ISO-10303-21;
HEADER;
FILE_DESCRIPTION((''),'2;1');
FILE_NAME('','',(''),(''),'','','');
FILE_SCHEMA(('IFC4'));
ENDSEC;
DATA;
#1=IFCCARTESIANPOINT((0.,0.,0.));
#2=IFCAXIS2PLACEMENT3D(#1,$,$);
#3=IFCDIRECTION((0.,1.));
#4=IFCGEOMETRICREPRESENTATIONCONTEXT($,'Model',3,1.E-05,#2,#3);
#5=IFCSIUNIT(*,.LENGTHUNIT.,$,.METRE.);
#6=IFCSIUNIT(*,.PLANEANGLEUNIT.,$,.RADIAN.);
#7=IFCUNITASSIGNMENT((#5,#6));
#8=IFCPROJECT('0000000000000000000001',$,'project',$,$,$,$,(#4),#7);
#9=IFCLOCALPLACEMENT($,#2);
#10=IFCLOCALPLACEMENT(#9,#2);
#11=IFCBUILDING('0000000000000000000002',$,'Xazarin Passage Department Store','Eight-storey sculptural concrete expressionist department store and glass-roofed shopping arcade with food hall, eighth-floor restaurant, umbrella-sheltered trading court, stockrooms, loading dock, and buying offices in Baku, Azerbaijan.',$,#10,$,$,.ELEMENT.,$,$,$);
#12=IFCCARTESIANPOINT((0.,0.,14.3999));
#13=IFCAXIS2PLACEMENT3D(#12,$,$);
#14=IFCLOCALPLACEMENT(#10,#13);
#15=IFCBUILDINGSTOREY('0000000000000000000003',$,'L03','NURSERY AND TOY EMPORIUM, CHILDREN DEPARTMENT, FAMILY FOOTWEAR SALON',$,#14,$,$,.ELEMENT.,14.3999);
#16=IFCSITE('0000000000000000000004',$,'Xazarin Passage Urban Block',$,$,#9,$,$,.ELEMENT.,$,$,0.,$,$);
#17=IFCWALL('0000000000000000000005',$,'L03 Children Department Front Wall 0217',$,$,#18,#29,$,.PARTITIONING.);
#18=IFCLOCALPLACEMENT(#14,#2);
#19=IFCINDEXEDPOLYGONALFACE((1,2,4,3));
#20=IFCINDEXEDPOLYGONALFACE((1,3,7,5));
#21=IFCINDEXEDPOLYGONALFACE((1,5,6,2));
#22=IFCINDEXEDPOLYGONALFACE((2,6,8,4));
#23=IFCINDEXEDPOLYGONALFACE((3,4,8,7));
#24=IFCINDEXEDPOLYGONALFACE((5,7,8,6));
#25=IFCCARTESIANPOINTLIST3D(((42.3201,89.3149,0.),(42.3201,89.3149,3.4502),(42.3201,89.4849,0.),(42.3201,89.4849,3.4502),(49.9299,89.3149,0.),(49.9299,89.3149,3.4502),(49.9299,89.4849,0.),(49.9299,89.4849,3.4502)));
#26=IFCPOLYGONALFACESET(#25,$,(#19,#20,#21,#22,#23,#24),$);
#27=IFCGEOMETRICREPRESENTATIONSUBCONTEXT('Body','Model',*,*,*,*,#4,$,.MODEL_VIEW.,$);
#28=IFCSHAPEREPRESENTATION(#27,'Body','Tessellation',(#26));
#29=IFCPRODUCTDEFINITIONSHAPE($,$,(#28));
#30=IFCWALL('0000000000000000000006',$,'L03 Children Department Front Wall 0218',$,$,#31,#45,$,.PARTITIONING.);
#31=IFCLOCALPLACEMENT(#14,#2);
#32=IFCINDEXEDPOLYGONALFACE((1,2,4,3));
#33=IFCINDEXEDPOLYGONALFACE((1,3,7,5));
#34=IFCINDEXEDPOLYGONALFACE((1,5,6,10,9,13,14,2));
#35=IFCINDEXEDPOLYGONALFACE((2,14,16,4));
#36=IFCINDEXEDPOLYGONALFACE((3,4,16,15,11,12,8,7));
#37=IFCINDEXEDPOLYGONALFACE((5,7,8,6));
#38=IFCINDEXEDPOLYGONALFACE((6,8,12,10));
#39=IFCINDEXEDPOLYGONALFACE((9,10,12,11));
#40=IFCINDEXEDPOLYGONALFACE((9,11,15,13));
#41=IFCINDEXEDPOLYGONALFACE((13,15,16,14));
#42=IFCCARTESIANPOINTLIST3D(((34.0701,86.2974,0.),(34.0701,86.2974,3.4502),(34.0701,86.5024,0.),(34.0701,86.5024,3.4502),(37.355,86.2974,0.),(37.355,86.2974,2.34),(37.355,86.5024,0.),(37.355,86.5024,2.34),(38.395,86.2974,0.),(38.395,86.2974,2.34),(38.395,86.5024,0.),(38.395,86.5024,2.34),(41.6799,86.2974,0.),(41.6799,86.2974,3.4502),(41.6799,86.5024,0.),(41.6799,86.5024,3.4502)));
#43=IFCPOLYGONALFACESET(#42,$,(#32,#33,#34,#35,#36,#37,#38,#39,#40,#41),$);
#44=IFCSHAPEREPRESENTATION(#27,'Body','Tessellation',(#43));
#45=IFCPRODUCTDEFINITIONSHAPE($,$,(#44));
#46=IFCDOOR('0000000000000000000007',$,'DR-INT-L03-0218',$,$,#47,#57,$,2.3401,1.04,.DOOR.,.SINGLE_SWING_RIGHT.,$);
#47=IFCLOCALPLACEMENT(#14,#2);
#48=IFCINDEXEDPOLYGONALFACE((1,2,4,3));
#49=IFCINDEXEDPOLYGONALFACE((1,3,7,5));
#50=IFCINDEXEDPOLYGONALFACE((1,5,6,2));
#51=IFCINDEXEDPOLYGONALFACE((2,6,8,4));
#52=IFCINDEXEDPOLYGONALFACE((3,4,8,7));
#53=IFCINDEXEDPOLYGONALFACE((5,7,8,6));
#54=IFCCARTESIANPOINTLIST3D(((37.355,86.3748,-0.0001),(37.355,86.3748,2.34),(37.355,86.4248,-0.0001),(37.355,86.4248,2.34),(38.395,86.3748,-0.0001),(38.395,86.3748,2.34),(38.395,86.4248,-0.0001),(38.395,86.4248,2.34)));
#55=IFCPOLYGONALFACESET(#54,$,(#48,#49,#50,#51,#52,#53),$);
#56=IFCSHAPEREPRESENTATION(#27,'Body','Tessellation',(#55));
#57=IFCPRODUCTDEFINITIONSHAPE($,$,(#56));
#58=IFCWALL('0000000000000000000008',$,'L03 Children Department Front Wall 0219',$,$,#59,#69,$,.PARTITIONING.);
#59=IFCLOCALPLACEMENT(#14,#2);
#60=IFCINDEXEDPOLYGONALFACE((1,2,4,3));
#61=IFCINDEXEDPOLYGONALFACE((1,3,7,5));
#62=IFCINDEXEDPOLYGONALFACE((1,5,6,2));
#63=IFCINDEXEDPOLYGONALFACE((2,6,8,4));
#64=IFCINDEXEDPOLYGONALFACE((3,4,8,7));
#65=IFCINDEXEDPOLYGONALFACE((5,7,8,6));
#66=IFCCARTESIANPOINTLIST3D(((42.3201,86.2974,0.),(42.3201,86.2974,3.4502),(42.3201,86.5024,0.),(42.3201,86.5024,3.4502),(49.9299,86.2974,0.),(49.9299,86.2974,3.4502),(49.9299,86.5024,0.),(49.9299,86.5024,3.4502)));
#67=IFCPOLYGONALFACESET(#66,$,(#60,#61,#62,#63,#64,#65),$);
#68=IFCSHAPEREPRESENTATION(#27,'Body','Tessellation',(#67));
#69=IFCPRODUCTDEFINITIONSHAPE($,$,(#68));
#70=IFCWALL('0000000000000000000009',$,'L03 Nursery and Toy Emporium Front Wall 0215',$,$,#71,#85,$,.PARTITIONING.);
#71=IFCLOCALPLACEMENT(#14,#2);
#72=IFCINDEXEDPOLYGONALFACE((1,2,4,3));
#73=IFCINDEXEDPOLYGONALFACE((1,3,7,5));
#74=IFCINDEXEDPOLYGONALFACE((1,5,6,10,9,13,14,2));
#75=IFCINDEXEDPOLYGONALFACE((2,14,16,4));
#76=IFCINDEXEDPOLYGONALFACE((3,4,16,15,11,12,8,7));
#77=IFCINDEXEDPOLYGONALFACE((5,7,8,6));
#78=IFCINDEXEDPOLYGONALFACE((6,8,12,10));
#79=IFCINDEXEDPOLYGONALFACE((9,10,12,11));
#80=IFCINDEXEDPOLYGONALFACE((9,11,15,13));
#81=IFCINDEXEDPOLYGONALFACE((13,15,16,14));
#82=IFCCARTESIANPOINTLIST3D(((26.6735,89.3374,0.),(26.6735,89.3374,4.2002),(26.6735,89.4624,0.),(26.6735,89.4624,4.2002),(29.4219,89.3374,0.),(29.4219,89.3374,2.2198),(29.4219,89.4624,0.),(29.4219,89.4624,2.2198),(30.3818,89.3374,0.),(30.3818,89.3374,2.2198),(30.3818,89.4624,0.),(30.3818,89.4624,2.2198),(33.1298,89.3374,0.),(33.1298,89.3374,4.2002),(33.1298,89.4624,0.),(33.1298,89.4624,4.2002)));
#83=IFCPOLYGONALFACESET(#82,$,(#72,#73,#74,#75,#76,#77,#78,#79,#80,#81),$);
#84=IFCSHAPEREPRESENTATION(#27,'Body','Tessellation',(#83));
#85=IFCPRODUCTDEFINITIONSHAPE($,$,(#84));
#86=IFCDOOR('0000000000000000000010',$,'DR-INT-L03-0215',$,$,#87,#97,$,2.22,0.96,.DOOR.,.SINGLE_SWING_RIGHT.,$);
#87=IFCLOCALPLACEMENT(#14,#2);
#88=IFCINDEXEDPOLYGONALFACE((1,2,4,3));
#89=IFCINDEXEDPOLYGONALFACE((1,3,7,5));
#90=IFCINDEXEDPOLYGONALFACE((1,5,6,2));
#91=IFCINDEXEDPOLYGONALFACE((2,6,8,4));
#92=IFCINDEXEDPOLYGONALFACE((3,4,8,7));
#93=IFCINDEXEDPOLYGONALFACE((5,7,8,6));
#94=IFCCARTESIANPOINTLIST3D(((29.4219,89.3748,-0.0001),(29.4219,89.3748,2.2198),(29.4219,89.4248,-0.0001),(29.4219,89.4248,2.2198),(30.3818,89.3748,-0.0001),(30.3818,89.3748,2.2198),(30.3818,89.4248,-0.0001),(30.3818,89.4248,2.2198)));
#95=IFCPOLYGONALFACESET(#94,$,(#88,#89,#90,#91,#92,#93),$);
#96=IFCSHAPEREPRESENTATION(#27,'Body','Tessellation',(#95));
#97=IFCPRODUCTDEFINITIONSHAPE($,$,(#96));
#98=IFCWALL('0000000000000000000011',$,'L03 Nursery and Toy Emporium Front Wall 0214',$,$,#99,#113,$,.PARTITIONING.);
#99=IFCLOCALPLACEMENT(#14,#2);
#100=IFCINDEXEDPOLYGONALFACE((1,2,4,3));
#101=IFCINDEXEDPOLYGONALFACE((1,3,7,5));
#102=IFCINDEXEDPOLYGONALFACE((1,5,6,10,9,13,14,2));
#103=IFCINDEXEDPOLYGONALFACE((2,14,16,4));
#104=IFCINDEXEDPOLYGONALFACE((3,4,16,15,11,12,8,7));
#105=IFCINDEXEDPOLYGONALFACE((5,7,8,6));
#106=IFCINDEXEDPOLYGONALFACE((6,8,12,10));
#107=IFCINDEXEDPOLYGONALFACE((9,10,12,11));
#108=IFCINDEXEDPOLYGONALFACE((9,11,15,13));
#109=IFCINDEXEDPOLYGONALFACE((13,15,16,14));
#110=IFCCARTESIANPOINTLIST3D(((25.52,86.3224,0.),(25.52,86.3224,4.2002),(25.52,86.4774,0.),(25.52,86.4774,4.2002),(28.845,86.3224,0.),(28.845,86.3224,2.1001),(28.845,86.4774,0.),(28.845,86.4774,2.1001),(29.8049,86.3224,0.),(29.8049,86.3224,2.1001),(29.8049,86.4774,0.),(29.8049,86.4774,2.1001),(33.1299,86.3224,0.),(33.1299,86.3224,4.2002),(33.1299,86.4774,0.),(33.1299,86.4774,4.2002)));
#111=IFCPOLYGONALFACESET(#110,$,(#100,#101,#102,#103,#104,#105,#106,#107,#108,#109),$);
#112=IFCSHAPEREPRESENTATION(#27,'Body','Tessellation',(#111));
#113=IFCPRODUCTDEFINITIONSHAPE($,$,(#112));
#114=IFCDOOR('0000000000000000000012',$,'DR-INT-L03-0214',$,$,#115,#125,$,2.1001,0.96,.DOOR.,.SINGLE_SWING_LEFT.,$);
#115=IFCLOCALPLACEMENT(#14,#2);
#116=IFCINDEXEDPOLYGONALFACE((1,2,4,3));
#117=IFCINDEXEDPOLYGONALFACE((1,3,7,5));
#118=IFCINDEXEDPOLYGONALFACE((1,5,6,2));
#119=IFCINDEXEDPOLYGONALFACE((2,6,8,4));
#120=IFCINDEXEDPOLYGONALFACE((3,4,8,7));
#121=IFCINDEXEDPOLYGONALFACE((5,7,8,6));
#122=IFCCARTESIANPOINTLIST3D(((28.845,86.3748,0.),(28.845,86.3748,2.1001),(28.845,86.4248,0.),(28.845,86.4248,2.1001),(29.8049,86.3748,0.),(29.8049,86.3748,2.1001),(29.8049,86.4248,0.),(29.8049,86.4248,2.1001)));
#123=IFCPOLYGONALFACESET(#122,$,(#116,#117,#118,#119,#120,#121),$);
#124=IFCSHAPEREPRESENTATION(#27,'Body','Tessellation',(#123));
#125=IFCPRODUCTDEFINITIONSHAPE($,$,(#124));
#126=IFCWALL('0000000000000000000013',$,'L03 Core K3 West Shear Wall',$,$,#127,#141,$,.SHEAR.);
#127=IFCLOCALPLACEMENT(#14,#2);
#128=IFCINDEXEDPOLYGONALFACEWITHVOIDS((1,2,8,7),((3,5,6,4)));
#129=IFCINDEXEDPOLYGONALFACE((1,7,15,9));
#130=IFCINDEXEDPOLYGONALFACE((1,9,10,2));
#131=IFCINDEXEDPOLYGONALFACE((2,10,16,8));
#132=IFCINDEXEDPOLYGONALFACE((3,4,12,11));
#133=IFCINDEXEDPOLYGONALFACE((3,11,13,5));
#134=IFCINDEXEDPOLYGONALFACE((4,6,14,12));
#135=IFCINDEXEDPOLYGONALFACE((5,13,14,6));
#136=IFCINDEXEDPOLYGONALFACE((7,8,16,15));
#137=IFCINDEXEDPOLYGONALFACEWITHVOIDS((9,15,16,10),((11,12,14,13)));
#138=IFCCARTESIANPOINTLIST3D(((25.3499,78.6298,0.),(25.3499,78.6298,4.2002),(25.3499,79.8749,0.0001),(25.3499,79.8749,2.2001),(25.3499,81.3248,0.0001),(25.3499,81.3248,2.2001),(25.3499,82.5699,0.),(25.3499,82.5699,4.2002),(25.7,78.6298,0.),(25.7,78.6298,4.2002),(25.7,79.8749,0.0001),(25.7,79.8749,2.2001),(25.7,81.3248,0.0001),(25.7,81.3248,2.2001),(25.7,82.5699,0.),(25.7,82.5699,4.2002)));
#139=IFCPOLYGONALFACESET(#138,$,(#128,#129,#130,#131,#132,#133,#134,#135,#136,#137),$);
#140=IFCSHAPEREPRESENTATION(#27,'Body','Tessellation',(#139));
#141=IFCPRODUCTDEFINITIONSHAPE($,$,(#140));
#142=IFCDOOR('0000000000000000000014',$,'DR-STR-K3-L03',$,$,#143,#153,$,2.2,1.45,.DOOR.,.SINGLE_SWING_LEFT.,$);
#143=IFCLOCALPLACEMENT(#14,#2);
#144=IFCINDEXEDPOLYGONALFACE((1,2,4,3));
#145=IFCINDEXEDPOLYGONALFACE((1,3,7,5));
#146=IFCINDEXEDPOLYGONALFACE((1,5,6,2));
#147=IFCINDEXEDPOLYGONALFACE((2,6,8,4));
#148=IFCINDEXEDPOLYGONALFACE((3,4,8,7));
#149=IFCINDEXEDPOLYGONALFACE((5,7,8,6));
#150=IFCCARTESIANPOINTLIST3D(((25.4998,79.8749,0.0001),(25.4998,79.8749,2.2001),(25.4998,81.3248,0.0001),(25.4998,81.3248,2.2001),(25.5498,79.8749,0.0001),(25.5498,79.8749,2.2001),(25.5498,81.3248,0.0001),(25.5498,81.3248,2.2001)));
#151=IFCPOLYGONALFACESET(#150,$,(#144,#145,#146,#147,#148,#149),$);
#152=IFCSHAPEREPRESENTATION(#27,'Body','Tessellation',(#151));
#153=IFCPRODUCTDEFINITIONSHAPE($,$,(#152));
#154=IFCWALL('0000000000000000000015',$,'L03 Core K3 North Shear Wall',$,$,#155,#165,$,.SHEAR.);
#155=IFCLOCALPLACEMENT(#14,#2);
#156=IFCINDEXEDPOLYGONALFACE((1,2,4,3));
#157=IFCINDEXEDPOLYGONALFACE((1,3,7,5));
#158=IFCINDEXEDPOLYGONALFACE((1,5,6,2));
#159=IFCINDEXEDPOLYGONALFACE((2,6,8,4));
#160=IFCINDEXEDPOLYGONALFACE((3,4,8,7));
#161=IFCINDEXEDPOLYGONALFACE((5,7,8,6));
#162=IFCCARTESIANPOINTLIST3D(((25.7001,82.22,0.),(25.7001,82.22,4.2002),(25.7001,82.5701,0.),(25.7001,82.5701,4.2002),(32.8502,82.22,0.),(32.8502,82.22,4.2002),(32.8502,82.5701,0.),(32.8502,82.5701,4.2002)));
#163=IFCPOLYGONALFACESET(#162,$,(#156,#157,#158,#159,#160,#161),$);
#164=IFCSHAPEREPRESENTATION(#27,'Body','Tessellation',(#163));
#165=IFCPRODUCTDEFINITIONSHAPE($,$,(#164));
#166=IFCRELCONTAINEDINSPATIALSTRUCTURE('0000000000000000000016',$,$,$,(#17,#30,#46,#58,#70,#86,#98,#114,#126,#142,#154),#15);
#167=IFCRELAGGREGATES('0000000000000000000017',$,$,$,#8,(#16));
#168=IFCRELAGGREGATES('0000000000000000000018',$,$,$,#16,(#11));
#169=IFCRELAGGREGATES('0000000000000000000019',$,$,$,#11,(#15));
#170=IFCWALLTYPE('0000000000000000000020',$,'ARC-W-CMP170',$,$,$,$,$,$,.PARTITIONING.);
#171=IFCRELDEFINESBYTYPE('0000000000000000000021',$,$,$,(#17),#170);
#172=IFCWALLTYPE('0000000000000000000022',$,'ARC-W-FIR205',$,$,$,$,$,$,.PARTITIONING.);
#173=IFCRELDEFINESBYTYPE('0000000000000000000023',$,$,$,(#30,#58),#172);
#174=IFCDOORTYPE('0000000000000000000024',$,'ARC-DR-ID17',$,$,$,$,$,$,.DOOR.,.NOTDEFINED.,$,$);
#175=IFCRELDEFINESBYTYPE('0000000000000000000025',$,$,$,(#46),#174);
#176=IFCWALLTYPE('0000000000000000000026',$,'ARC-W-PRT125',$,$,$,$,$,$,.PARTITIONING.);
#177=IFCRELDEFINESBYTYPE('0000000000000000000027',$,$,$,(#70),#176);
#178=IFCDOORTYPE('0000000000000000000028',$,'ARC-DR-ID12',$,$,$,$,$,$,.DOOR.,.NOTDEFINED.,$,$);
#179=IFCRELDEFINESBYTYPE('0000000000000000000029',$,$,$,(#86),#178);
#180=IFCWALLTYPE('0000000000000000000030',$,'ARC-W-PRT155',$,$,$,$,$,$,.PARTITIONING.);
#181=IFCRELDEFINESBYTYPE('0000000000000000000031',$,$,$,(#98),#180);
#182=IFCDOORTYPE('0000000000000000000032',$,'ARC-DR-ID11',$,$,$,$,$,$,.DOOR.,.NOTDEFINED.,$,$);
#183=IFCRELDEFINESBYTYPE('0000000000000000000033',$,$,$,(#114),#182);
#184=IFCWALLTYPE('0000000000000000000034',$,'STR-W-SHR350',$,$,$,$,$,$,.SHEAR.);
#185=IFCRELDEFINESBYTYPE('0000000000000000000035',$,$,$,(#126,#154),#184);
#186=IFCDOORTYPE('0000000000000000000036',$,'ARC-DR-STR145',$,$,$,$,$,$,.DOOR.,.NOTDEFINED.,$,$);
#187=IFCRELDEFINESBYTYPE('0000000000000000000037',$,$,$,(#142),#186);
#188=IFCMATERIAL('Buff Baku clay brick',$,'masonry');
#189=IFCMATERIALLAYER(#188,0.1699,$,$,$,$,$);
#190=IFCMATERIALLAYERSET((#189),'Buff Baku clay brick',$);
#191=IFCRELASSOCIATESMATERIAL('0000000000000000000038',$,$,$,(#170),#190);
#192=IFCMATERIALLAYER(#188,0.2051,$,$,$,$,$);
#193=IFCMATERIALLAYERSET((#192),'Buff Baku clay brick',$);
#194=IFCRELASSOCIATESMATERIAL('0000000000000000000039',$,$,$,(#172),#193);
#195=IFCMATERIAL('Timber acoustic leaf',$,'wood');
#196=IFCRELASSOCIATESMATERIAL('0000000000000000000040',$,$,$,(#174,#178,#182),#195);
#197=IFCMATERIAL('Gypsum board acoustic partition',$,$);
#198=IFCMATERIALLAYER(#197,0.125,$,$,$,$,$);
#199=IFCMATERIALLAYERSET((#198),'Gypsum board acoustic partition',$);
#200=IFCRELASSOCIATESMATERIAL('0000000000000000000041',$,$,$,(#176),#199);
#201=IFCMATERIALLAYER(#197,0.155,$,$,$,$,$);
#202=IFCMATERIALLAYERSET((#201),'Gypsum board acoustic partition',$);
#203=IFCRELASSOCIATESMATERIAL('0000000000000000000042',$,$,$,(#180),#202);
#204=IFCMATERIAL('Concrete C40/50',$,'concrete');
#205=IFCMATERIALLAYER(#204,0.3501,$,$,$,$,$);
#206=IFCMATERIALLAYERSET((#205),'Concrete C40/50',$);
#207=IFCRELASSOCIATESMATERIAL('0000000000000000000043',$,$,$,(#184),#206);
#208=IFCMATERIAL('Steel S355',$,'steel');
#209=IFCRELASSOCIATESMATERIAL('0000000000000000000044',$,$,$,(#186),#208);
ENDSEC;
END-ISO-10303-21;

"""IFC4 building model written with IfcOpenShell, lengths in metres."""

from ifc_helpers import new_model, si_unit, direction, frame, frame_2d, origin, place, context, subcontext, project, spatial, rectangle, extrude, material, layer, layer_set, type_object, element, fill, save


model = new_model("IFC4")

# Units and contexts
model_context = context("Model", 3, precision=1e-05, world=origin(), true_north=direction((0.0, 1.0)))
body_context = subcontext(model_context, "Body", "Model", "MODEL_VIEW")
ifc_project = project(units=[si_unit("LENGTHUNIT", "METRE"), si_unit("PLANEANGLEUNIT", "RADIAN")], contexts=[model_context])

# Site, building, storey
site_placement = place(None, origin())
site = spatial("IfcSite", under=ifc_project, at=site_placement, Name="Xazarin Passage Urban Block", CompositionType="ELEMENT", RefElevation=0.0)
building_placement = place(site_placement, origin())
building = spatial("IfcBuilding", under=site, at=building_placement, Name="Xazarin Passage Department Store", Description="Eight-storey sculptural concrete expressionist department store and glass-roofed shopping arcade with food hall, eighth-floor restaurant, umbrella-sheltered trading court, stockrooms, loading dock, and buying offices in Baku, Azerbaijan.", CompositionType="ELEMENT")
storey_placement = place(building_placement, frame((0.0, 0.0, 14.3999)))
storey = spatial("IfcBuildingStorey", under=building, at=storey_placement, Name="L03", Description="NURSERY AND TOY EMPORIUM, CHILDREN DEPARTMENT, FAMILY FOOTWEAR SALON", CompositionType="ELEMENT", Elevation=14.3999)

# Shared definitions
ifc_material_1 = material(Name="Concrete C40/50", Category="concrete")

# Shared definitions
ifc_material_2 = material(Name="Buff Baku clay brick", Category="masonry")
ifc_layer_1 = layer(ifc_material_2, 0.1699)
ifc_layer_set_1 = layer_set([ifc_layer_1], Name="Buff Baku clay brick")
wall_type_1 = type_object("IfcWallType", Name="ARC-W-CMP170", PredefinedType="PARTITIONING", material=ifc_layer_set_1)
ifc_material_3 = material(Name="Timber acoustic leaf", Category="wood")

# Wall
wall_1_placement = place(storey_placement, frame((42.3201, 89.3999, 0.0), z_axis=(0.0, 0.0, 1.0), x_axis=(1.0, 0.0, 0.0)))
element("IfcWall", 1, at=wall_1_placement, inside=storey, type_object=wall_type_1, Name="L03 Children Department Front Wall 0217", PredefinedType="PARTITIONING", context=body_context, shape_type="SweptSolid", body=[
    extrude(rectangle(XDim=7.6099, YDim=0.1699, at=frame_2d((3.8049, 0.0))), origin(), (0.0, 0.0, 1.0), 3.4502),
])

# Wall, opening, door
ifc_layer_2 = layer(ifc_material_2, 0.2051)
ifc_layer_set_2 = layer_set([ifc_layer_2], Name="Buff Baku clay brick")
wall_type_2 = type_object("IfcWallType", Name="ARC-W-FIR205", PredefinedType="PARTITIONING", material=ifc_layer_set_2)
wall_2_placement = place(storey_placement, frame((34.0701, 86.3999, 0.0), z_axis=(0.0, 0.0, 1.0), x_axis=(1.0, 0.0, 0.0)))
wall_2 = element("IfcWall", 2, at=wall_2_placement, inside=storey, type_object=wall_type_2, Name="L03 Children Department Front Wall 0218", PredefinedType="PARTITIONING", context=body_context, shape_type="SweptSolid", body=[
    extrude(rectangle(XDim=7.6099, YDim=0.2051, at=frame_2d((3.8049, 0.0))), origin(), (0.0, 0.0, 1.0), 3.4502),
])
opening_1_placement = place(wall_2_placement, frame((3.2849, 0.0, 0.0)))
opening_1 = element("IfcOpeningElement", 3, at=opening_1_placement, cuts=wall_2, PredefinedType="OPENING", context=body_context, shape_type="SweptSolid", body=[
    extrude(rectangle(XDim=1.04, YDim=2.3401, at=frame_2d((0.52, 1.1699))), frame((0.0, 0.1125, 0.0), z_axis=(0.0, -1.0, 0.0), x_axis=(1.0, 0.0, 0.0)), (0.0, 0.0, 1.0), 0.2251),
])
door_type_1 = type_object("IfcDoorType", Name="ARC-DR-ID17", OperationType="NOTDEFINED", PredefinedType="DOOR", material=ifc_material_3)
door_1_placement = place(opening_1_placement, origin())
door_1 = element("IfcDoor", 4, at=door_1_placement, inside=storey, type_object=door_type_1, Name="DR-INT-L03-0218", OperationType="SINGLE_SWING_RIGHT", OverallHeight=2.3401, OverallWidth=1.04, PredefinedType="DOOR", context=body_context, shape_type="SweptSolid", body=[
    extrude(rectangle(XDim=1.04, YDim=2.3401, at=frame_2d((0.52, 1.1699))), frame((0.0, 0.0249, 0.0), z_axis=(0.0, -1.0, 0.0), x_axis=(1.0, 0.0, 0.0)), (0.0, 0.0, 1.0), 0.05),
])
fill(opening_1, door_1)

# Wall
wall_3_placement = place(storey_placement, frame((42.3201, 86.3999, 0.0), z_axis=(0.0, 0.0, 1.0), x_axis=(1.0, 0.0, 0.0)))
element("IfcWall", 5, at=wall_3_placement, inside=storey, type_object=wall_type_2, Name="L03 Children Department Front Wall 0219", PredefinedType="PARTITIONING", context=body_context, shape_type="SweptSolid", body=[
    extrude(rectangle(XDim=7.6099, YDim=0.2051, at=frame_2d((3.8049, 0.0))), origin(), (0.0, 0.0, 1.0), 3.4502),
])

# Walls, openings, doors
ifc_material_4 = material(Name="Gypsum board acoustic partition")
ifc_layer_3 = layer(ifc_material_4, 0.125)
ifc_layer_set_3 = layer_set([ifc_layer_3], Name="Gypsum board acoustic partition")
wall_type_3 = type_object("IfcWallType", Name="ARC-W-PRT125", PredefinedType="PARTITIONING", material=ifc_layer_set_3)
wall_4_placement = place(storey_placement, frame((26.6736, 89.3999, 0.0), z_axis=(0.0, 0.0, 1.0), x_axis=(1.0, 0.0, 0.0)))
wall_4 = element("IfcWall", 6, at=wall_4_placement, inside=storey, type_object=wall_type_3, Name="L03 Nursery and Toy Emporium Front Wall 0215", PredefinedType="PARTITIONING", context=body_context, shape_type="SweptSolid", body=[
    extrude(rectangle(XDim=6.4563, YDim=0.125, at=frame_2d((3.228, 0.0))), origin(), (0.0, 0.0, 1.0), 4.2002),
])
opening_2_placement = place(wall_4_placement, frame((2.7483, 0.0, 0.0)))
opening_2 = element("IfcOpeningElement", 7, at=opening_2_placement, cuts=wall_4, PredefinedType="OPENING", context=body_context, shape_type="SweptSolid", body=[
    extrude(rectangle(XDim=0.96, YDim=2.22, at=frame_2d((0.48, 1.1099))), frame((0.0, 0.0725, 0.0), z_axis=(0.0, -1.0, 0.0), x_axis=(1.0, 0.0, 0.0)), (0.0, 0.0, 1.0), 0.145),
])
door_type_2 = type_object("IfcDoorType", Name="ARC-DR-ID12", OperationType="NOTDEFINED", PredefinedType="DOOR", material=ifc_material_3)
door_2_placement = place(opening_2_placement, origin())
door_2 = element("IfcDoor", 8, at=door_2_placement, inside=storey, type_object=door_type_2, Name="DR-INT-L03-0215", OperationType="SINGLE_SWING_RIGHT", OverallHeight=2.22, OverallWidth=0.96, PredefinedType="DOOR", context=body_context, shape_type="SweptSolid", body=[
    extrude(rectangle(XDim=0.96, YDim=2.22, at=frame_2d((0.48, 1.1099))), frame((0.0, 0.0249, 0.0), z_axis=(0.0, -1.0, 0.0), x_axis=(1.0, 0.0, 0.0)), (0.0, 0.0, 1.0), 0.05),
])
fill(opening_2, door_2)
ifc_layer_4 = layer(ifc_material_4, 0.155)
ifc_layer_set_4 = layer_set([ifc_layer_4], Name="Gypsum board acoustic partition")
wall_type_4 = type_object("IfcWallType", Name="ARC-W-PRT155", PredefinedType="PARTITIONING", material=ifc_layer_set_4)
wall_5_placement = place(storey_placement, frame((25.52, 86.3999, 0.0), z_axis=(0.0, 0.0, 1.0), x_axis=(1.0, 0.0, 0.0)))
wall_5 = element("IfcWall", 9, at=wall_5_placement, inside=storey, type_object=wall_type_4, Name="L03 Nursery and Toy Emporium Front Wall 0214", PredefinedType="PARTITIONING", context=body_context, shape_type="SweptSolid", body=[
    extrude(rectangle(XDim=7.6099, YDim=0.155, at=frame_2d((3.8049, 0.0))), origin(), (0.0, 0.0, 1.0), 4.2002),
])
opening_3_placement = place(wall_5_placement, frame((3.325, 0.0, 0.0)))
opening_3 = element("IfcOpeningElement", 10, at=opening_3_placement, cuts=wall_5, PredefinedType="OPENING", context=body_context, shape_type="SweptSolid", body=[
    extrude(rectangle(XDim=0.96, YDim=2.1001, at=frame_2d((0.48, 1.05))), frame((0.0, 0.0874, 0.0), z_axis=(0.0, -1.0, 0.0), x_axis=(1.0, 0.0, 0.0)), (0.0, 0.0, 1.0), 0.175),
])
door_type_3 = type_object("IfcDoorType", Name="ARC-DR-ID11", OperationType="NOTDEFINED", PredefinedType="DOOR", material=ifc_material_3)
door_3_placement = place(opening_3_placement, origin())
door_3 = element("IfcDoor", 11, at=door_3_placement, inside=storey, type_object=door_type_3, Name="DR-INT-L03-0214", OperationType="SINGLE_SWING_LEFT", OverallHeight=2.1001, OverallWidth=0.96, PredefinedType="DOOR", context=body_context, shape_type="SweptSolid", body=[
    extrude(rectangle(XDim=0.96, YDim=2.1001, at=frame_2d((0.48, 1.05))), frame((0.0, 0.0249, 0.0), z_axis=(0.0, -1.0, 0.0), x_axis=(1.0, 0.0, 0.0)), (0.0, 0.0, 1.0), 0.05),
])
fill(opening_3, door_3)
ifc_layer_5 = layer(ifc_material_1, 0.3501)
ifc_layer_set_5 = layer_set([ifc_layer_5], Name="Concrete C40/50")
wall_type_5 = type_object("IfcWallType", Name="STR-W-SHR350", PredefinedType="SHEAR", material=ifc_layer_set_5)
wall_6_placement = place(storey_placement, frame((25.5249, 82.5701, 0.0), z_axis=(0.0, 0.0, 1.0), x_axis=(0.0, -1.0, 0.0)))
wall_6 = element("IfcWall", 12, at=wall_6_placement, inside=storey, type_object=wall_type_5, Name="L03 Core K3 West Shear Wall", PredefinedType="SHEAR", context=body_context, shape_type="SweptSolid", body=[
    extrude(rectangle(XDim=3.9402, YDim=0.3501, at=frame_2d((1.9702, 0.0))), origin(), (0.0, 0.0, 1.0), 4.2002),
])
opening_4_placement = place(wall_6_placement, frame((1.2451, 0.0, 0.0)))
opening_4 = element("IfcOpeningElement", 13, at=opening_4_placement, cuts=wall_6, PredefinedType="OPENING", context=body_context, shape_type="SweptSolid", body=[
    extrude(rectangle(XDim=1.45, YDim=2.2, at=frame_2d((0.7251, 1.1001))), frame((0.0, 0.1851, 0.0), z_axis=(0.0, -1.0, 0.0), x_axis=(1.0, 0.0, 0.0)), (0.0, 0.0, 1.0), 0.3701),
])
ifc_material_5 = material(Name="Steel S355", Category="steel")
door_type_4 = type_object("IfcDoorType", Name="ARC-DR-STR145", OperationType="NOTDEFINED", PredefinedType="DOOR", material=ifc_material_5)
door_4_placement = place(opening_4_placement, origin())
door_4 = element("IfcDoor", 14, at=door_4_placement, inside=storey, type_object=door_type_4, Name="DR-STR-K3-L03", OperationType="SINGLE_SWING_LEFT", OverallHeight=2.2, OverallWidth=1.45, PredefinedType="DOOR", context=body_context, shape_type="SweptSolid", body=[
    extrude(rectangle(XDim=1.45, YDim=2.2, at=frame_2d((0.7251, 1.1001))), frame((0.0, 0.0249, 0.0), z_axis=(0.0, -1.0, 0.0), x_axis=(1.0, 0.0, 0.0)), (0.0, 0.0, 1.0), 0.05),
])
fill(opening_4, door_4)

# Wall
wall_7_placement = place(storey_placement, frame((25.7, 82.395, 0.0), z_axis=(0.0, 0.0, 1.0), x_axis=(1.0, 0.0, 0.0)))
element("IfcWall", 15, at=wall_7_placement, inside=storey, type_object=wall_type_5, Name="L03 Core K3 North Shear Wall", PredefinedType="SHEAR", context=body_context, shape_type="SweptSolid", body=[
    extrude(rectangle(XDim=7.1501, YDim=0.3501, at=frame_2d((3.5752, 0.0))), origin(), (0.0, 0.0, 1.0), 4.2002),
])

save(model, "model.ifc")
